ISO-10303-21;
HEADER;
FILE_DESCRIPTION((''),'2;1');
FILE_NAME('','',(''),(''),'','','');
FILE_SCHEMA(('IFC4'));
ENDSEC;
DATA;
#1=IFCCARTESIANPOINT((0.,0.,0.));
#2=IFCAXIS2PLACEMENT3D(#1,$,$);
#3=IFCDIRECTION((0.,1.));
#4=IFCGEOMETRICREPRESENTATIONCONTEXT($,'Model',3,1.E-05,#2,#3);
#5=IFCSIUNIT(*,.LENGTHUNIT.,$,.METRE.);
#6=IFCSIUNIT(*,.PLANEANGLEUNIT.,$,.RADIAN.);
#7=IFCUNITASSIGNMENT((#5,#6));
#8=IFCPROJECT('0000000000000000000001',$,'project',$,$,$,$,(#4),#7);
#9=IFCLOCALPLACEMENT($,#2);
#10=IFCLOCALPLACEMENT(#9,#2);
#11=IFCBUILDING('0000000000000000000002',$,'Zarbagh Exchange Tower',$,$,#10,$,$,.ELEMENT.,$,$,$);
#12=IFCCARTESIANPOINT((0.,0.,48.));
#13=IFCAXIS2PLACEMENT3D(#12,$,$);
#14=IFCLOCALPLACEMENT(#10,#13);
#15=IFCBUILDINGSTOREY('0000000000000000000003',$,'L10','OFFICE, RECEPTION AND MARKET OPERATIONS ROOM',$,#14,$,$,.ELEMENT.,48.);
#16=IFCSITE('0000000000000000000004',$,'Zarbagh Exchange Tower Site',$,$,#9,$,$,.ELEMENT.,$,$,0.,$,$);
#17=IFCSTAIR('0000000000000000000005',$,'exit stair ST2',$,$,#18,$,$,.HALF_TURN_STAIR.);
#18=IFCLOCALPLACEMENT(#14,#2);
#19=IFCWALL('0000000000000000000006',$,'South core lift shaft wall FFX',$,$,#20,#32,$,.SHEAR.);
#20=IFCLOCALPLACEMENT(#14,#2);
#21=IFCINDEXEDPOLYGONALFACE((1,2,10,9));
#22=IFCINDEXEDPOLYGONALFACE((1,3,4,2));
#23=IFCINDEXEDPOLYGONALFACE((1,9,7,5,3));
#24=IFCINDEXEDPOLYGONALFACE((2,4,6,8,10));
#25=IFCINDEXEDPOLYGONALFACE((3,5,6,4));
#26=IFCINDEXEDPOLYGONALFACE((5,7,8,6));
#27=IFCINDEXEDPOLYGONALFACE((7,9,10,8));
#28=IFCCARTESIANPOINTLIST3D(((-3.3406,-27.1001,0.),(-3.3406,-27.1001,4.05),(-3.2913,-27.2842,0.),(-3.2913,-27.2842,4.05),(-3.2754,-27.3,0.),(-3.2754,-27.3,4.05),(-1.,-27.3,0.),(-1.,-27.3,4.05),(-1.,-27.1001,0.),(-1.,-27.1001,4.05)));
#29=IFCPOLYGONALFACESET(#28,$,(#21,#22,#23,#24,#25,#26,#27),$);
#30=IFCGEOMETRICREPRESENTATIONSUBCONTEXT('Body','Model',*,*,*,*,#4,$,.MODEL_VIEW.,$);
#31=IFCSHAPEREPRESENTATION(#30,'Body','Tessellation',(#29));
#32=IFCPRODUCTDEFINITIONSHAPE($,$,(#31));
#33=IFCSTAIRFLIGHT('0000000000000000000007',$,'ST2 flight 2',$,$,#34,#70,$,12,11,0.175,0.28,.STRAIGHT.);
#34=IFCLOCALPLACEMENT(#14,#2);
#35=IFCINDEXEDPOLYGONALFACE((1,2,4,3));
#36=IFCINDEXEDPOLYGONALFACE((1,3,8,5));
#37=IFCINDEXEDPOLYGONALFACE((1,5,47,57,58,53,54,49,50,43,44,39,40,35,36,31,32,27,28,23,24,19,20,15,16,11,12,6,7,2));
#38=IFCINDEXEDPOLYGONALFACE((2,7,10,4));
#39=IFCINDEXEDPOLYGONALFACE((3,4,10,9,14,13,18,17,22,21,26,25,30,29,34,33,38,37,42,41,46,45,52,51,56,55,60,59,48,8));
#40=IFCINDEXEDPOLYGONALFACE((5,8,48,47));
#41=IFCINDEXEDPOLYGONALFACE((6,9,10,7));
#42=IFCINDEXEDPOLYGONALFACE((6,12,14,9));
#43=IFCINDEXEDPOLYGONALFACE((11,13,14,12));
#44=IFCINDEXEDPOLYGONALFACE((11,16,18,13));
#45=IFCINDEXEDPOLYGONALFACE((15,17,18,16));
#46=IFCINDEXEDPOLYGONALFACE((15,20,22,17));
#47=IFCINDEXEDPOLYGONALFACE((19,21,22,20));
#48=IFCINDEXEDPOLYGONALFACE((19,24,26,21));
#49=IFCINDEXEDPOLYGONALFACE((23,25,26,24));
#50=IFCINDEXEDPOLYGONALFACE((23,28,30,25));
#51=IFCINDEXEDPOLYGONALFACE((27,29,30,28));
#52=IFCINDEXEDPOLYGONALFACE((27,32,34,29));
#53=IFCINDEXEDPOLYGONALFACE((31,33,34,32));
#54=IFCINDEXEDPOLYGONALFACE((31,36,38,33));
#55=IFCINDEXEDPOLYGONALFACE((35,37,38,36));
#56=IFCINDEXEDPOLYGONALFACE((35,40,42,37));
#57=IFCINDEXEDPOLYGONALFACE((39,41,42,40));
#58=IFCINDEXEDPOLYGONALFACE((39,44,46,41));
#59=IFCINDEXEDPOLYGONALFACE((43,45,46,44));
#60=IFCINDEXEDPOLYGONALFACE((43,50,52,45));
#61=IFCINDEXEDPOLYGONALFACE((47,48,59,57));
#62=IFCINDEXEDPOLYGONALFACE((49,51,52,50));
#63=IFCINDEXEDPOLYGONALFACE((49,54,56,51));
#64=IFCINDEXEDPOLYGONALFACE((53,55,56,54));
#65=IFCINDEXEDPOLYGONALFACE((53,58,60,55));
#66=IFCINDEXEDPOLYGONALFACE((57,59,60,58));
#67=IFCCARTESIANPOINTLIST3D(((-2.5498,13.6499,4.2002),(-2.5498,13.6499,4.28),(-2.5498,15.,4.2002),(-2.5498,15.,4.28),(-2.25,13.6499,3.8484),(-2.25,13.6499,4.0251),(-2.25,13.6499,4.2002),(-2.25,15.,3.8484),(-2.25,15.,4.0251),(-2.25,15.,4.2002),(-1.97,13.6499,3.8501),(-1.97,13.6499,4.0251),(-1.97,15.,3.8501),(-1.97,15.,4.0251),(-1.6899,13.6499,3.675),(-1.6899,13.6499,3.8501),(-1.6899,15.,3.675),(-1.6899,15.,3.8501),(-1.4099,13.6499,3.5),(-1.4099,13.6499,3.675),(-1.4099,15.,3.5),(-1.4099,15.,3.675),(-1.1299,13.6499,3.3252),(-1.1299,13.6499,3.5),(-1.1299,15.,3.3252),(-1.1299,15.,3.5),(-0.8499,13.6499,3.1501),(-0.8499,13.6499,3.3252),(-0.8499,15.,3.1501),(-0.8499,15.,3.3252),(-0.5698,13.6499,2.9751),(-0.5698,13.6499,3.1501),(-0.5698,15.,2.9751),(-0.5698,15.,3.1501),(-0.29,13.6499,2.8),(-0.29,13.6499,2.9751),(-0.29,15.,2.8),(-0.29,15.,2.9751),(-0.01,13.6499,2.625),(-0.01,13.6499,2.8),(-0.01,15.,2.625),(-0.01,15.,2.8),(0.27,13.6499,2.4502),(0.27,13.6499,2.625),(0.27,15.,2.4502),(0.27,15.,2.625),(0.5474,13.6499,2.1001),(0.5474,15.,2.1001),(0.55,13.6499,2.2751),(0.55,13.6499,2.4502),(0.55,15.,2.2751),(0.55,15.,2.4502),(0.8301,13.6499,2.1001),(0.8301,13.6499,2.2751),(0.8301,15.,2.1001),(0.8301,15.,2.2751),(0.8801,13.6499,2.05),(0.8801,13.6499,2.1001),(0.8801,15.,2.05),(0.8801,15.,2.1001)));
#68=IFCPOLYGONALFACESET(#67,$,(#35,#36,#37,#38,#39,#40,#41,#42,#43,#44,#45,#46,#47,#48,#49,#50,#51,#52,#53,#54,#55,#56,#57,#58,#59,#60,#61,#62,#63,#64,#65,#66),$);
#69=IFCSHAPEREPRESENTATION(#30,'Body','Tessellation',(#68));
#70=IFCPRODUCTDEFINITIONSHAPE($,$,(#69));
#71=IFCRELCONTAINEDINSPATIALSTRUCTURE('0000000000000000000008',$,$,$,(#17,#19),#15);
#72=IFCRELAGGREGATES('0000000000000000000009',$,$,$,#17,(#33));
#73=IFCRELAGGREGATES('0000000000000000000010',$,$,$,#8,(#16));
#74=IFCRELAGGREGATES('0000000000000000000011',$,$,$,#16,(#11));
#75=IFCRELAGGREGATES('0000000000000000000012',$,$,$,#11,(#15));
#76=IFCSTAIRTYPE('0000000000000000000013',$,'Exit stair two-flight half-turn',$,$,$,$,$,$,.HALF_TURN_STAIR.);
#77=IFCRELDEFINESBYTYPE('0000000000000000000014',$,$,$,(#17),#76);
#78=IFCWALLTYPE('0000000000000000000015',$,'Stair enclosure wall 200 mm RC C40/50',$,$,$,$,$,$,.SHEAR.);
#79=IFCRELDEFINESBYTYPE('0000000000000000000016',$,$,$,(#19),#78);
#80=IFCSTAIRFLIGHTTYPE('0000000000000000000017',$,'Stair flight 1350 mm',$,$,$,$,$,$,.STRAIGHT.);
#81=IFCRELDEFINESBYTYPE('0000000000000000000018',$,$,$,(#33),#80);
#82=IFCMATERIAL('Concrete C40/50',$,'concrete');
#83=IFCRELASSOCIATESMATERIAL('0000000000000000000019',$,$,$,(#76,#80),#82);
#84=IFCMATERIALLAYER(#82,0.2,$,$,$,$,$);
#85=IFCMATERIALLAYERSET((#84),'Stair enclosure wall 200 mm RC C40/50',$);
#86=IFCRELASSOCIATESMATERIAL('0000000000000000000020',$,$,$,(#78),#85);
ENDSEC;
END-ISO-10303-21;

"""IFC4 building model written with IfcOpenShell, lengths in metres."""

from ifc_helpers import new_model, si_unit, direction, frame, origin, place, context, subcontext, project, spatial, polyline, outline, extrude, material, layer, layer_set, type_object, element, aggregate, save


model = new_model("IFC4")

# Units and contexts
model_context = context("Model", 3, precision=1e-05, world=origin(), true_north=direction((0.0, 1.0)))
body_context = subcontext(model_context, "Body", "Model", "MODEL_VIEW")
ifc_project = project(units=[si_unit("LENGTHUNIT", "METRE"), si_unit("PLANEANGLEUNIT", "RADIAN")], contexts=[model_context])

# Site, building, storey
site_placement = place(None, origin())
site = spatial("IfcSite", under=ifc_project, at=site_placement, Name="Zarbagh Exchange Tower Site", CompositionType="ELEMENT", RefElevation=0.0)
building_placement = place(site_placement, origin())
building = spatial("IfcBuilding", under=site, at=building_placement, Name="Zarbagh Exchange Tower", CompositionType="ELEMENT")
storey_placement = place(building_placement, frame((0.0, 0.0, 48.0)))
storey = spatial("IfcBuildingStorey", under=building, at=storey_placement, Name="L10", Description="OFFICE, RECEPTION AND MARKET OPERATIONS ROOM", CompositionType="ELEMENT", Elevation=48.0)

# Stair
ifc_material_1 = material(Name="Concrete C40/50", Category="concrete")
stair_type = type_object("IfcStairType", Name="Exit stair two-flight half-turn", PredefinedType="HALF_TURN_STAIR", material=ifc_material_1)
stair_1_placement = place(storey_placement, origin())
stair_1 = element("IfcStair", 1, at=stair_1_placement, inside=storey, type_object=stair_type, Name="exit stair ST2", PredefinedType="HALF_TURN_STAIR")

# Shared definitions
ifc_layer_1 = layer(ifc_material_1, 0.2)
ifc_layer_set_1 = layer_set([ifc_layer_1], Name="Stair enclosure wall 200 mm RC C40/50")
wall_type_1 = type_object("IfcWallType", Name="Stair enclosure wall 200 mm RC C40/50", PredefinedType="SHEAR", material=ifc_layer_set_1)

# Wall
wall_1_placement = place(storey_placement, origin())
element("IfcWall", 2, at=wall_1_placement, inside=storey, type_object=wall_type_1, Name="South core lift shaft wall FFX", PredefinedType="SHEAR", context=body_context, shape_type="SweptSolid", body=[
    extrude(outline(polyline([(-1.0, -27.1001), (-3.3406, -27.1001), (-3.2913, -27.2842), (-3.2754, -27.3), (-1.0, -27.3), (-1.0, -27.1001)])), origin(), (0.0, 0.0, 1.0), 4.05),
])

# Stair flight
stair_flight_type = type_object("IfcStairFlightType", Name="Stair flight 1350 mm", PredefinedType="STRAIGHT", material=ifc_material_1)
stair_flight_placement = place(storey_placement, frame((0.8301, 14.325, 2.1001), z_axis=(0.0, 0.0, 1.0), x_axis=(-1.0, 0.0, 0.0)))
stair_flight = element("IfcStairFlight", 3, at=stair_flight_placement, type_object=stair_flight_type, Name="ST2 flight 2", NumberOfRisers=12, NumberOfTreads=11, PredefinedType="STRAIGHT", RiserHeight=0.175, TreadLength=0.28, context=body_context, shape_type="SweptSolid", body=[
    extrude(outline(polyline([(-0.05, -0.05), (-0.05, 0.0), (0.0, 0.0), (0.0, 0.175), (0.28, 0.175), (0.28, 0.3501), (0.5601, 0.3501), (0.5601, 0.5249), (0.8401, 0.5249), (0.8401, 0.7), (1.1201, 0.7), (1.1201, 0.875), (1.3999, 0.875), (1.3999, 1.05), (1.6799, 1.05), (1.6799, 1.2251), (1.96, 1.2251), (1.96, 1.3999), (2.24, 1.3999), (2.24, 1.575), (2.52, 1.575), (2.52, 1.75), (2.8, 1.75), (2.8, 1.925), (3.0801, 1.925), (3.0801, 2.1001), (3.3799, 2.1799), (3.3799, 2.1001), (3.0801, 1.7483), (0.2827, 0.0), (-0.05, -0.05)])), frame((0.0, 0.675, 0.0), z_axis=(0.0, -1.0, 0.0), x_axis=(1.0, 0.0, 0.0)), (0.0, 0.0, 1.0), 1.3501),
])
aggregate(stair_1, [stair_flight])

save(model, "model.ifc")
